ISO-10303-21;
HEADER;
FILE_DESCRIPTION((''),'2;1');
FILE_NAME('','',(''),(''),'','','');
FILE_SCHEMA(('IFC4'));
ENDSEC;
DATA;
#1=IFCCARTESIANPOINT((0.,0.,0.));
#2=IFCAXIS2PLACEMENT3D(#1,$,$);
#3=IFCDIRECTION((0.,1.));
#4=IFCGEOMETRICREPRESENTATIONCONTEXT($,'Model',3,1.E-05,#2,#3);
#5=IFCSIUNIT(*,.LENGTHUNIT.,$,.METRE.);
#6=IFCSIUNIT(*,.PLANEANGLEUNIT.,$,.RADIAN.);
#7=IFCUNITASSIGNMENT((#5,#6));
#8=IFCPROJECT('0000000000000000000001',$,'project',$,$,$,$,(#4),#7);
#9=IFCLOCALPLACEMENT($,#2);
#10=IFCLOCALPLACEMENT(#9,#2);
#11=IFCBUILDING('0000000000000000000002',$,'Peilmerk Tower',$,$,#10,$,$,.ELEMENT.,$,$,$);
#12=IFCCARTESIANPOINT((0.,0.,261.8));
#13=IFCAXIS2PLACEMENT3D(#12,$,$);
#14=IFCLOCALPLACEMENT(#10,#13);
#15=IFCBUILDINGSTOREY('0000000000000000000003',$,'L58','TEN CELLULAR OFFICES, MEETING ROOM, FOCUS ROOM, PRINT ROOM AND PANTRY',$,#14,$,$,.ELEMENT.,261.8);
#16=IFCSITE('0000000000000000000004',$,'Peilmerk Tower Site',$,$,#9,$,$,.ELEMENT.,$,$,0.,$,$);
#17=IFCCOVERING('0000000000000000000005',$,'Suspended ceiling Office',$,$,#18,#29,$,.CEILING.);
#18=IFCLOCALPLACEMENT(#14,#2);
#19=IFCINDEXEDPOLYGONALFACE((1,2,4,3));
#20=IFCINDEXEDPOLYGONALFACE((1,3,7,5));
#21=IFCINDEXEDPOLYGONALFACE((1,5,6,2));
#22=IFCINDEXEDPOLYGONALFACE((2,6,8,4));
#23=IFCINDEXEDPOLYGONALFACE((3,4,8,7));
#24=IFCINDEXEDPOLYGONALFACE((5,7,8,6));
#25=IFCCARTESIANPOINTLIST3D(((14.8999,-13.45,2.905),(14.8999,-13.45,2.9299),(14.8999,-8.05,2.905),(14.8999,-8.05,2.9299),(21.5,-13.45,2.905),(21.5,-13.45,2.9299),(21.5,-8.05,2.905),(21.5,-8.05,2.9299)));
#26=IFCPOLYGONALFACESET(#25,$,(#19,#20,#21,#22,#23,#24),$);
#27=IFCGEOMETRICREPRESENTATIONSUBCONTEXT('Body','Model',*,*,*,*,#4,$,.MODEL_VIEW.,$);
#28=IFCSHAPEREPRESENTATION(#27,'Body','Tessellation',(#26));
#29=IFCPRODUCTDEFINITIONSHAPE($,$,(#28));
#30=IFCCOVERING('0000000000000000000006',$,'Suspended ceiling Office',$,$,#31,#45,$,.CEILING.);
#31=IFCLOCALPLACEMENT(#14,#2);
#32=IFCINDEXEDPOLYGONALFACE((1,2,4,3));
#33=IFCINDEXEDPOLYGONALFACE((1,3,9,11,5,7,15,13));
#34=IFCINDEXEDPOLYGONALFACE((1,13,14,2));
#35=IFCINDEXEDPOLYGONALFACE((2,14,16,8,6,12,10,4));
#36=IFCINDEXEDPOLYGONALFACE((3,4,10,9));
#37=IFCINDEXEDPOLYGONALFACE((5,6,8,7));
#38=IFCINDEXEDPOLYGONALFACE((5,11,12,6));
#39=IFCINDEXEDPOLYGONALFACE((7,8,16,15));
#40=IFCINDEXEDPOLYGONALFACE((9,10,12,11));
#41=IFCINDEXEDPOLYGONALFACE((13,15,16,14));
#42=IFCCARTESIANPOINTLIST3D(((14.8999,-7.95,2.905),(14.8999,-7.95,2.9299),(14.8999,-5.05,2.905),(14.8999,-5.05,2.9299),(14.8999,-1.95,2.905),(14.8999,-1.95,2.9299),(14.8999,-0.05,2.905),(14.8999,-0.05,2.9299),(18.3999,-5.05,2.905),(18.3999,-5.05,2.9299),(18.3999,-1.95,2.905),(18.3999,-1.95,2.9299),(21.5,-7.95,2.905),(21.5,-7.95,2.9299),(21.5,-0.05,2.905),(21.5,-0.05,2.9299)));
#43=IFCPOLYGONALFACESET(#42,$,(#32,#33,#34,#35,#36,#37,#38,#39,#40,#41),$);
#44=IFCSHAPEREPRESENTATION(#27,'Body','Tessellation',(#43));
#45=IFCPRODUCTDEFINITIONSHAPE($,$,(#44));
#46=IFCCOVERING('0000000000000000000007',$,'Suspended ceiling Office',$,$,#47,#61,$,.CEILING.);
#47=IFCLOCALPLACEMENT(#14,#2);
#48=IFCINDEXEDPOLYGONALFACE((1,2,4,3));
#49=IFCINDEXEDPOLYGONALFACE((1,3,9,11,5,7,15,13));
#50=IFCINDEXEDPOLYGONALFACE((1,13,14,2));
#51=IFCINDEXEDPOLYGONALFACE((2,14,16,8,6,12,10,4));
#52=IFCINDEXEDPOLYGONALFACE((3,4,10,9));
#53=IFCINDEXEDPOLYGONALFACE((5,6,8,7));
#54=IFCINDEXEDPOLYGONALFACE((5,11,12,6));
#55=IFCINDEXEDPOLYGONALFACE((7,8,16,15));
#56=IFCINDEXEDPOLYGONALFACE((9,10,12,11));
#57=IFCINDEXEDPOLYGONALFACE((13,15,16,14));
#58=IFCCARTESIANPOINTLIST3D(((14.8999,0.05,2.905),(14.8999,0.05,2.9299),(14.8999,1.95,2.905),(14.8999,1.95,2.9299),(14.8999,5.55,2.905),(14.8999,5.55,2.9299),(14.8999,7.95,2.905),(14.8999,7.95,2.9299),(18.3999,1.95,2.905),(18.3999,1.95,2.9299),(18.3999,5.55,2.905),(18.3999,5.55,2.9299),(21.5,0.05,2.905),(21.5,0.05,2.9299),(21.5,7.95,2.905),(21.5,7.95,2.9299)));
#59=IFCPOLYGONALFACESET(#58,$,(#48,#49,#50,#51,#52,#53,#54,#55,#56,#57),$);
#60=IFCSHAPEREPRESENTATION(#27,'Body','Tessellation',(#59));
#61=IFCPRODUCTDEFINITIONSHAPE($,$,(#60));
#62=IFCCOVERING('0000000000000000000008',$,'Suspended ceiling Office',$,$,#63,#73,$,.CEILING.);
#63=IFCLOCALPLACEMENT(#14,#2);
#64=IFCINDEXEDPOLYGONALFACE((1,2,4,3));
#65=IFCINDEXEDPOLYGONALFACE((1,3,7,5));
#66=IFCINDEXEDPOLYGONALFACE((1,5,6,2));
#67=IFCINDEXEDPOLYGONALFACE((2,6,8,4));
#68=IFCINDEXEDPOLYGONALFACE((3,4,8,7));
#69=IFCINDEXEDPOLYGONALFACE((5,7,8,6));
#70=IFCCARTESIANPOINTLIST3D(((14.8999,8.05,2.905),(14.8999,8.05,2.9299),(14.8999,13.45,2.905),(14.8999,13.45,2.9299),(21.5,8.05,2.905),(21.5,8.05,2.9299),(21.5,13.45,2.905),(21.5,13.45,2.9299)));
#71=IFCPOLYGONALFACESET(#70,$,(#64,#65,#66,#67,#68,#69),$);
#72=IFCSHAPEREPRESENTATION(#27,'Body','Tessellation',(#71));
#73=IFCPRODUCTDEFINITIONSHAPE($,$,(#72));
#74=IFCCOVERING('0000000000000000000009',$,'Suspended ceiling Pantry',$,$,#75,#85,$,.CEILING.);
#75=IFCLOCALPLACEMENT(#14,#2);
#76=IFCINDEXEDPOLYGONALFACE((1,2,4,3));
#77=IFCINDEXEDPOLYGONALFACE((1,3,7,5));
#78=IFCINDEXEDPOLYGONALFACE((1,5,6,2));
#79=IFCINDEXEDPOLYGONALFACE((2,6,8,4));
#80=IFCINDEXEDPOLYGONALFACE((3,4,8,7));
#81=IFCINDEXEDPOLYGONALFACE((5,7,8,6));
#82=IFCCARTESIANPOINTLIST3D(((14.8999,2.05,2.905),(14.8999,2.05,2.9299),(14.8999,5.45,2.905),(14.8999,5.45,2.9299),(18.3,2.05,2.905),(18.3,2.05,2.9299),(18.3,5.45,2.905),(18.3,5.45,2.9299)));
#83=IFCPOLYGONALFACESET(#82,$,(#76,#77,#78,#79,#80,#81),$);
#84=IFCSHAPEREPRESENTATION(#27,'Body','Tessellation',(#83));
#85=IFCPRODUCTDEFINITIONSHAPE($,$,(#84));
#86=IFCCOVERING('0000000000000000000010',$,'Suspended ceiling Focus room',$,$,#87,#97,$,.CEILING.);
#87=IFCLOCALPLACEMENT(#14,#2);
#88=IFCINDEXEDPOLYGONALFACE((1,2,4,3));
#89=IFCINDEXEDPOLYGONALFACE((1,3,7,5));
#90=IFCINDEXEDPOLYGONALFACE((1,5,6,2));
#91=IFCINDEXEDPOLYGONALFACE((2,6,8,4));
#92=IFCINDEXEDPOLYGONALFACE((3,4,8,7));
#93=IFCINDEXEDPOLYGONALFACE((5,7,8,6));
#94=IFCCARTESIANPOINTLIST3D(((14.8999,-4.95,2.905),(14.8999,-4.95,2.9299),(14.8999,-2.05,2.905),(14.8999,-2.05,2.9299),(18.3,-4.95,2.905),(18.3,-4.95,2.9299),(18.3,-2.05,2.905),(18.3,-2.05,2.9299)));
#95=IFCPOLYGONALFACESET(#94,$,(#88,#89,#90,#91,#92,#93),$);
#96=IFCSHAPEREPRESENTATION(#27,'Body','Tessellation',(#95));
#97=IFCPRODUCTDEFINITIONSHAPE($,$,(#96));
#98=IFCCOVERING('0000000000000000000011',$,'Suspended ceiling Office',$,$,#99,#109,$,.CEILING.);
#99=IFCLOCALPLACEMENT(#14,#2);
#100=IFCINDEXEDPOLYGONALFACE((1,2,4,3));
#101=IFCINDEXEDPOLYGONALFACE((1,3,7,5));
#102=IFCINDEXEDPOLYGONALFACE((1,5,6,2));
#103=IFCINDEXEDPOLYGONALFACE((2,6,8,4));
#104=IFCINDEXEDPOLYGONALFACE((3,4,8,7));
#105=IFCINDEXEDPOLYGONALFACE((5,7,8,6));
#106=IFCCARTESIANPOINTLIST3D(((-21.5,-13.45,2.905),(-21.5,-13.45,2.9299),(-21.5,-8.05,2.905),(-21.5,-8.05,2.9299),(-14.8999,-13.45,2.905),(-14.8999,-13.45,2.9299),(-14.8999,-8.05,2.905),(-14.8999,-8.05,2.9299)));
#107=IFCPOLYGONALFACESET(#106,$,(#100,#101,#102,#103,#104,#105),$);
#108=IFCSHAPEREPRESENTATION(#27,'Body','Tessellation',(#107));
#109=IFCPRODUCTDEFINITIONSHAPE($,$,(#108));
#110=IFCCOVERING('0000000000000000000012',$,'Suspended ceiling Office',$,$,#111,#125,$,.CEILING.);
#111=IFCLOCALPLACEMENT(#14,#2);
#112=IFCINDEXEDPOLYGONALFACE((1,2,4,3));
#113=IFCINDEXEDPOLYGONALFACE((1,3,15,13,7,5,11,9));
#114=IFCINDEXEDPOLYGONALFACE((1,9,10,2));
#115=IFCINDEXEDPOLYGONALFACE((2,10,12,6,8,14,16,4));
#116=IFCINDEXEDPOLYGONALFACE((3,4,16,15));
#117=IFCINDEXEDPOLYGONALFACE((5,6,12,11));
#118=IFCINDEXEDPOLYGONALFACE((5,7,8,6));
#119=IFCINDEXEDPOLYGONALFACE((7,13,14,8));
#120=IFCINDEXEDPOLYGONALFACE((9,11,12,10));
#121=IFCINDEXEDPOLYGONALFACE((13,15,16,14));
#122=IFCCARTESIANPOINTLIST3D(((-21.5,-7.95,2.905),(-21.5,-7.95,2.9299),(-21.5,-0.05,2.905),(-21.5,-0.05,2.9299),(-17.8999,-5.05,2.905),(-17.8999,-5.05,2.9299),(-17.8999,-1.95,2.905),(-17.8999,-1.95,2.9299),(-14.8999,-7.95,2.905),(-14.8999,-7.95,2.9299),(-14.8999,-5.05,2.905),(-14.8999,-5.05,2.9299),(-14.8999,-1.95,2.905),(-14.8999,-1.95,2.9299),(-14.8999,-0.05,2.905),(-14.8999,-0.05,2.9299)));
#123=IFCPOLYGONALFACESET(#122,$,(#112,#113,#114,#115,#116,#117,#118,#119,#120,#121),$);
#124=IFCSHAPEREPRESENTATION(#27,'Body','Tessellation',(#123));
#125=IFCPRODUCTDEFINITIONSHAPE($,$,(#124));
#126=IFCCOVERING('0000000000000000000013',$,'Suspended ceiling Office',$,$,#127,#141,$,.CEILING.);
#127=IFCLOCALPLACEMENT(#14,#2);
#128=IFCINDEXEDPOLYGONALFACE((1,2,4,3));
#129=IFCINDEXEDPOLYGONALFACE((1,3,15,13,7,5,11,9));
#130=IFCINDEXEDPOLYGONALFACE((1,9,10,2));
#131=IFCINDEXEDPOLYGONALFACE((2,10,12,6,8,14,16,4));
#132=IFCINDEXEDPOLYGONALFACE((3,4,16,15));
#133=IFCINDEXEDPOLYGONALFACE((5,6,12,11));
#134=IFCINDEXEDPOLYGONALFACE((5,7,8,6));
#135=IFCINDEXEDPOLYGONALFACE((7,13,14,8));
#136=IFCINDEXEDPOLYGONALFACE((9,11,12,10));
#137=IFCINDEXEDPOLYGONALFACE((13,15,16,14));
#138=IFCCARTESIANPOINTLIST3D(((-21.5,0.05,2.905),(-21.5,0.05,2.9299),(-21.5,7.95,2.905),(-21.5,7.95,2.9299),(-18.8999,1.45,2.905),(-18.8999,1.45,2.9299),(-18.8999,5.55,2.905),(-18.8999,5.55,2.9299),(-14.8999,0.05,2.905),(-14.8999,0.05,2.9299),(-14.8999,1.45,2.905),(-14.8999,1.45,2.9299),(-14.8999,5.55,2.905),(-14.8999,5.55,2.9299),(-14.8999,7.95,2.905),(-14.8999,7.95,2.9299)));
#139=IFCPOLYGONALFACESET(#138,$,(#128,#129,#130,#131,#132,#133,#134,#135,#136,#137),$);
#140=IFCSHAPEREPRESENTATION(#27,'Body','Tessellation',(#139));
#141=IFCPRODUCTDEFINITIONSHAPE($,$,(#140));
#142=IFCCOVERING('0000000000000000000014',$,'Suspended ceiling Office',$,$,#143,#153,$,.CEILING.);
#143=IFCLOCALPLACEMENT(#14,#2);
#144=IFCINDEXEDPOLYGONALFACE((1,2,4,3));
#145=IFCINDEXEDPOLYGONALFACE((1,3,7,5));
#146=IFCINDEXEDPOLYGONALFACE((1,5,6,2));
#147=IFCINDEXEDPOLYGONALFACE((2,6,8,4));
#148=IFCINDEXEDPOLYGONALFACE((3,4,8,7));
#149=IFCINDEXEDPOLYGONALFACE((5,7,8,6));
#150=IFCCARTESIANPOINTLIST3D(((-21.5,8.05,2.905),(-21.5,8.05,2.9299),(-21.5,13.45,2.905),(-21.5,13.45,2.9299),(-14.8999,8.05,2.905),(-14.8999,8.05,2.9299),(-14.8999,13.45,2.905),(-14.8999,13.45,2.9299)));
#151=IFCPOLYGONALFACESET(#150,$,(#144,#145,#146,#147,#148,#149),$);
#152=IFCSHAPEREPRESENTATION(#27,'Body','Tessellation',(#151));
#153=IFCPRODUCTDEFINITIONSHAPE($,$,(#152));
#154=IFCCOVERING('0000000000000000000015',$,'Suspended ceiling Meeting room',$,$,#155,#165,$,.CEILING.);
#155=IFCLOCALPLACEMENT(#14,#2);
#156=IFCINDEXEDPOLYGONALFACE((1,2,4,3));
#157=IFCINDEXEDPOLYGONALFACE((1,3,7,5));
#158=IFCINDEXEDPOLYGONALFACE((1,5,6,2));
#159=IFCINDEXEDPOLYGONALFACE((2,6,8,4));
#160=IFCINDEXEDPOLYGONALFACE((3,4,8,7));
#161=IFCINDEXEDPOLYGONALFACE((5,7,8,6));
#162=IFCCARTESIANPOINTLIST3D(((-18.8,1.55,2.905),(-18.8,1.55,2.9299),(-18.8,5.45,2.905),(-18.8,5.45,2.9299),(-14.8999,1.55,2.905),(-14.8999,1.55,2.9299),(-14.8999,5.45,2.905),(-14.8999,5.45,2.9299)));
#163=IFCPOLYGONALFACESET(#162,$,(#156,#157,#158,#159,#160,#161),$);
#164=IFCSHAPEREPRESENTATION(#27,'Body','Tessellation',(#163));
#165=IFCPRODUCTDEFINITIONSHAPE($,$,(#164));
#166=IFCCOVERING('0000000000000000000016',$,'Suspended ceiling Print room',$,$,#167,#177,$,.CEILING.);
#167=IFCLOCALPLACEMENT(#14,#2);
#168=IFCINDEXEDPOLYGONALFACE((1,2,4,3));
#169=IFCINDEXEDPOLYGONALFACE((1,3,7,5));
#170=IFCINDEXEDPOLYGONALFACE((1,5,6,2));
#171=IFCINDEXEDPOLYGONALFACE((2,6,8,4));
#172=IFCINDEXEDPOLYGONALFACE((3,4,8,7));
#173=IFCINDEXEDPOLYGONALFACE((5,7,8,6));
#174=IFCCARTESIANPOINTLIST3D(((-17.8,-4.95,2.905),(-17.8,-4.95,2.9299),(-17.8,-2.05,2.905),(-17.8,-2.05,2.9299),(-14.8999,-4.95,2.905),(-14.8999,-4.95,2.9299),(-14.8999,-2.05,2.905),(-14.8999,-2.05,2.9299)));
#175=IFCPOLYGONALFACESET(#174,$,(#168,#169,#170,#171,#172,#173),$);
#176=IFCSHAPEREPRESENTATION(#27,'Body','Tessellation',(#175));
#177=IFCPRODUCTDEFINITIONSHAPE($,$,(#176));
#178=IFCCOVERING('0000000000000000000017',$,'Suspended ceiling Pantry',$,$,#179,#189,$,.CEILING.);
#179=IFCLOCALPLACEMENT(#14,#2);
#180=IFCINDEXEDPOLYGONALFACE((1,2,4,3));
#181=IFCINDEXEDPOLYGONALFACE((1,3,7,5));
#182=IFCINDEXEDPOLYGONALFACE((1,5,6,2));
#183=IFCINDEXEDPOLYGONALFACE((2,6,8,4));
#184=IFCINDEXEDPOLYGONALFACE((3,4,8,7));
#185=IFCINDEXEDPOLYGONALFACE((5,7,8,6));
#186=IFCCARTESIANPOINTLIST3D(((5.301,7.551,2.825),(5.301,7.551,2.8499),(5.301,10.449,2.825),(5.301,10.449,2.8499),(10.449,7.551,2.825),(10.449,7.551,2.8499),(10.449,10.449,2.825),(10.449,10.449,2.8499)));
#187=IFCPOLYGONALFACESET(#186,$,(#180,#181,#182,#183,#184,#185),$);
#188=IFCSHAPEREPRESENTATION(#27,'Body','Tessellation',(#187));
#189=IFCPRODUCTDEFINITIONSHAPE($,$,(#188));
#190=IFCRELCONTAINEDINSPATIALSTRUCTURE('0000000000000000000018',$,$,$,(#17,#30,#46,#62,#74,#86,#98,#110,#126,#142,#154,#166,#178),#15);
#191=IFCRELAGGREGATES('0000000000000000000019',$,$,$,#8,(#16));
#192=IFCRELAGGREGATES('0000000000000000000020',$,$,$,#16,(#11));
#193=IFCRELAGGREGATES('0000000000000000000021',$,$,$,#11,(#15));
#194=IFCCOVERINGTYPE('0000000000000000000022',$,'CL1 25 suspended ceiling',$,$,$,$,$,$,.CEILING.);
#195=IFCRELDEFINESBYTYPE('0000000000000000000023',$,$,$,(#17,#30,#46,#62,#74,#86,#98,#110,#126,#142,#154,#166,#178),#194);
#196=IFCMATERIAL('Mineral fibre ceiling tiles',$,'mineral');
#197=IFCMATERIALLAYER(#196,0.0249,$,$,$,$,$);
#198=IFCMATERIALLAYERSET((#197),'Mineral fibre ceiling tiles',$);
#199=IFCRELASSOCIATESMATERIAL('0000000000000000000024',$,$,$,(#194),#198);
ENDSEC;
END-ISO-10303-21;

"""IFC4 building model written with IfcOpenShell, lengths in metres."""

from ifc_helpers import new_model, si_unit, direction, frame, origin, place, context, subcontext, project, spatial, polyline, outline, extrude, material, layer, layer_set, type_object, element, save


model = new_model("IFC4")

# Units and contexts
model_context = context("Model", 3, precision=1e-05, world=origin(), true_north=direction((0.0, 1.0)))
body_context = subcontext(model_context, "Body", "Model", "MODEL_VIEW")
ifc_project = project(units=[si_unit("LENGTHUNIT", "METRE"), si_unit("PLANEANGLEUNIT", "RADIAN")], contexts=[model_context])

# Site, building, storey
site_placement = place(None, origin())
site = spatial("IfcSite", under=ifc_project, at=site_placement, Name="Peilmerk Tower Site", CompositionType="ELEMENT", RefElevation=0.0)
building_placement = place(site_placement, origin())
building = spatial("IfcBuilding", under=site, at=building_placement, Name="Peilmerk Tower", CompositionType="ELEMENT")
storey_placement = place(building_placement, frame((0.0, 0.0, 261.8)))
storey = spatial("IfcBuildingStorey", under=building, at=storey_placement, Name="L58", Description="TEN CELLULAR OFFICES, MEETING ROOM, FOCUS ROOM, PRINT ROOM AND PANTRY", CompositionType="ELEMENT", Elevation=261.8)

# Coverings
ifc_material_1 = material(Name="Mineral fibre ceiling tiles", Category="mineral")
ifc_layer_1 = layer(ifc_material_1, 0.0249)
ifc_layer_set_1 = layer_set([ifc_layer_1], Name="Mineral fibre ceiling tiles")
covering_type = type_object("IfcCoveringType", Name="CL1 25 suspended ceiling", PredefinedType="CEILING", material=ifc_layer_set_1)
covering_1_placement = place(storey_placement, frame((0.0, 0.0, 2.905)))
element("IfcCovering", 1, at=covering_1_placement, inside=storey, type_object=covering_type, Name="Suspended ceiling Office", PredefinedType="CEILING", context=body_context, shape_type="SweptSolid", body=[
    extrude(outline(polyline([(21.5, -13.45), (21.5, -8.05), (14.8999, -8.05), (14.8999, -13.45), (21.5, -13.45)])), origin(), (0.0, 0.0, 1.0), 0.0249),
])
covering_2_placement = place(storey_placement, frame((0.0, 0.0, 2.905)))
element("IfcCovering", 2, at=covering_2_placement, inside=storey, type_object=covering_type, Name="Suspended ceiling Office", PredefinedType="CEILING", context=body_context, shape_type="SweptSolid", body=[
    extrude(outline(polyline([(14.8999, -7.95), (21.5, -7.95), (21.5, -0.05), (14.8999, -0.05), (14.8999, -1.95), (18.3999, -1.95), (18.3999, -5.05), (14.8999, -5.05), (14.8999, -7.95)])), origin(), (0.0, 0.0, 1.0), 0.0249),
])
covering_3_placement = place(storey_placement, frame((0.0, 0.0, 2.905)))
element("IfcCovering", 3, at=covering_3_placement, inside=storey, type_object=covering_type, Name="Suspended ceiling Office", PredefinedType="CEILING", context=body_context, shape_type="SweptSolid", body=[
    extrude(outline(polyline([(14.8999, 0.05), (21.5, 0.05), (21.5, 7.95), (14.8999, 7.95), (14.8999, 5.55), (18.3999, 5.55), (18.3999, 1.95), (14.8999, 1.95), (14.8999, 0.05)])), origin(), (0.0, 0.0, 1.0), 0.0249),
])
covering_4_placement = place(storey_placement, frame((0.0, 0.0, 2.905)))
element("IfcCovering", 4, at=covering_4_placement, inside=storey, type_object=covering_type, Name="Suspended ceiling Office", PredefinedType="CEILING", context=body_context, shape_type="SweptSolid", body=[
    extrude(outline(polyline([(21.5, 8.05), (21.5, 13.45), (14.8999, 13.45), (14.8999, 8.05), (21.5, 8.05)])), origin(), (0.0, 0.0, 1.0), 0.0249),
])
covering_5_placement = place(storey_placement, frame((0.0, 0.0, 2.905)))
element("IfcCovering", 5, at=covering_5_placement, inside=storey, type_object=covering_type, Name="Suspended ceiling Pantry", PredefinedType="CEILING", context=body_context, shape_type="SweptSolid", body=[
    extrude(outline(polyline([(18.3, 2.05), (18.3, 5.45), (14.8999, 5.45), (14.8999, 2.05), (18.3, 2.05)])), origin(), (0.0, 0.0, 1.0), 0.0249),
])
covering_6_placement = place(storey_placement, frame((0.0, 0.0, 2.905)))
element("IfcCovering", 6, at=covering_6_placement, inside=storey, type_object=covering_type, Name="Suspended ceiling Focus room", PredefinedType="CEILING", context=body_context, shape_type="SweptSolid", body=[
    extrude(outline(polyline([(18.3, -4.95), (18.3, -2.05), (14.8999, -2.05), (14.8999, -4.95), (18.3, -4.95)])), origin(), (0.0, 0.0, 1.0), 0.0249),
])
covering_7_placement = place(storey_placement, frame((0.0, 0.0, 2.905)))
element("IfcCovering", 7, at=covering_7_placement, inside=storey, type_object=covering_type, Name="Suspended ceiling Office", PredefinedType="CEILING", context=body_context, shape_type="SweptSolid", body=[
    extrude(outline(polyline([(-21.5, -8.05), (-21.5, -13.45), (-14.8999, -13.45), (-14.8999, -8.05), (-21.5, -8.05)])), origin(), (0.0, 0.0, 1.0), 0.0249),
])
covering_8_placement = place(storey_placement, frame((0.0, 0.0, 2.905)))
element("IfcCovering", 8, at=covering_8_placement, inside=storey, type_object=covering_type, Name="Suspended ceiling Office", PredefinedType="CEILING", context=body_context, shape_type="SweptSolid", body=[
    extrude(outline(polyline([(-14.8999, -0.05), (-21.5, -0.05), (-21.5, -7.95), (-14.8999, -7.95), (-14.8999, -5.05), (-17.8999, -5.05), (-17.8999, -1.95), (-14.8999, -1.95), (-14.8999, -0.05)])), origin(), (0.0, 0.0, 1.0), 0.0249),
])
covering_9_placement = place(storey_placement, frame((0.0, 0.0, 2.905)))
element("IfcCovering", 9, at=covering_9_placement, inside=storey, type_object=covering_type, Name="Suspended ceiling Office", PredefinedType="CEILING", context=body_context, shape_type="SweptSolid", body=[
    extrude(outline(polyline([(-14.8999, 7.95), (-21.5, 7.95), (-21.5, 0.05), (-14.8999, 0.05), (-14.8999, 1.45), (-18.8999, 1.45), (-18.8999, 5.55), (-14.8999, 5.55), (-14.8999, 7.95)])), origin(), (0.0, 0.0, 1.0), 0.0249),
])
covering_10_placement = place(storey_placement, frame((0.0, 0.0, 2.905)))
element("IfcCovering", 10, at=covering_10_placement, inside=storey, type_object=covering_type, Name="Suspended ceiling Office", PredefinedType="CEILING", context=body_context, shape_type="SweptSolid", body=[
    extrude(outline(polyline([(-21.5, 13.45), (-21.5, 8.05), (-14.8999, 8.05), (-14.8999, 13.45), (-21.5, 13.45)])), origin(), (0.0, 0.0, 1.0), 0.0249),
])
covering_11_placement = place(storey_placement, frame((0.0, 0.0, 2.905)))
element("IfcCovering", 11, at=covering_11_placement, inside=storey, type_object=covering_type, Name="Suspended ceiling Meeting room", PredefinedType="CEILING", context=body_context, shape_type="SweptSolid", body=[
    extrude(outline(polyline([(-14.8999, 1.55), (-14.8999, 5.45), (-18.8, 5.45), (-18.8, 1.55), (-14.8999, 1.55)])), origin(), (0.0, 0.0, 1.0), 0.0249),
])
covering_12_placement = place(storey_placement, frame((0.0, 0.0, 2.905)))
element("IfcCovering", 12, at=covering_12_placement, inside=storey, type_object=covering_type, Name="Suspended ceiling Print room", PredefinedType="CEILING", context=body_context, shape_type="SweptSolid", body=[
    extrude(outline(polyline([(-14.8999, -4.95), (-14.8999, -2.05), (-17.8, -2.05), (-17.8, -4.95), (-14.8999, -4.95)])), origin(), (0.0, 0.0, 1.0), 0.0249),
])
covering_13_placement = place(storey_placement, frame((0.0, 0.0, 2.825)))
element("IfcCovering", 13, at=covering_13_placement, inside=storey, type_object=covering_type, Name="Suspended ceiling Pantry", PredefinedType="CEILING", context=body_context, shape_type="SweptSolid", body=[
    extrude(outline(polyline([(10.449, 7.551), (10.449, 10.449), (5.301, 10.449), (5.301, 7.551), (10.449, 7.551)])), origin(), (0.0, 0.0, 1.0), 0.0249),
])

save(model, "model.ifc")
